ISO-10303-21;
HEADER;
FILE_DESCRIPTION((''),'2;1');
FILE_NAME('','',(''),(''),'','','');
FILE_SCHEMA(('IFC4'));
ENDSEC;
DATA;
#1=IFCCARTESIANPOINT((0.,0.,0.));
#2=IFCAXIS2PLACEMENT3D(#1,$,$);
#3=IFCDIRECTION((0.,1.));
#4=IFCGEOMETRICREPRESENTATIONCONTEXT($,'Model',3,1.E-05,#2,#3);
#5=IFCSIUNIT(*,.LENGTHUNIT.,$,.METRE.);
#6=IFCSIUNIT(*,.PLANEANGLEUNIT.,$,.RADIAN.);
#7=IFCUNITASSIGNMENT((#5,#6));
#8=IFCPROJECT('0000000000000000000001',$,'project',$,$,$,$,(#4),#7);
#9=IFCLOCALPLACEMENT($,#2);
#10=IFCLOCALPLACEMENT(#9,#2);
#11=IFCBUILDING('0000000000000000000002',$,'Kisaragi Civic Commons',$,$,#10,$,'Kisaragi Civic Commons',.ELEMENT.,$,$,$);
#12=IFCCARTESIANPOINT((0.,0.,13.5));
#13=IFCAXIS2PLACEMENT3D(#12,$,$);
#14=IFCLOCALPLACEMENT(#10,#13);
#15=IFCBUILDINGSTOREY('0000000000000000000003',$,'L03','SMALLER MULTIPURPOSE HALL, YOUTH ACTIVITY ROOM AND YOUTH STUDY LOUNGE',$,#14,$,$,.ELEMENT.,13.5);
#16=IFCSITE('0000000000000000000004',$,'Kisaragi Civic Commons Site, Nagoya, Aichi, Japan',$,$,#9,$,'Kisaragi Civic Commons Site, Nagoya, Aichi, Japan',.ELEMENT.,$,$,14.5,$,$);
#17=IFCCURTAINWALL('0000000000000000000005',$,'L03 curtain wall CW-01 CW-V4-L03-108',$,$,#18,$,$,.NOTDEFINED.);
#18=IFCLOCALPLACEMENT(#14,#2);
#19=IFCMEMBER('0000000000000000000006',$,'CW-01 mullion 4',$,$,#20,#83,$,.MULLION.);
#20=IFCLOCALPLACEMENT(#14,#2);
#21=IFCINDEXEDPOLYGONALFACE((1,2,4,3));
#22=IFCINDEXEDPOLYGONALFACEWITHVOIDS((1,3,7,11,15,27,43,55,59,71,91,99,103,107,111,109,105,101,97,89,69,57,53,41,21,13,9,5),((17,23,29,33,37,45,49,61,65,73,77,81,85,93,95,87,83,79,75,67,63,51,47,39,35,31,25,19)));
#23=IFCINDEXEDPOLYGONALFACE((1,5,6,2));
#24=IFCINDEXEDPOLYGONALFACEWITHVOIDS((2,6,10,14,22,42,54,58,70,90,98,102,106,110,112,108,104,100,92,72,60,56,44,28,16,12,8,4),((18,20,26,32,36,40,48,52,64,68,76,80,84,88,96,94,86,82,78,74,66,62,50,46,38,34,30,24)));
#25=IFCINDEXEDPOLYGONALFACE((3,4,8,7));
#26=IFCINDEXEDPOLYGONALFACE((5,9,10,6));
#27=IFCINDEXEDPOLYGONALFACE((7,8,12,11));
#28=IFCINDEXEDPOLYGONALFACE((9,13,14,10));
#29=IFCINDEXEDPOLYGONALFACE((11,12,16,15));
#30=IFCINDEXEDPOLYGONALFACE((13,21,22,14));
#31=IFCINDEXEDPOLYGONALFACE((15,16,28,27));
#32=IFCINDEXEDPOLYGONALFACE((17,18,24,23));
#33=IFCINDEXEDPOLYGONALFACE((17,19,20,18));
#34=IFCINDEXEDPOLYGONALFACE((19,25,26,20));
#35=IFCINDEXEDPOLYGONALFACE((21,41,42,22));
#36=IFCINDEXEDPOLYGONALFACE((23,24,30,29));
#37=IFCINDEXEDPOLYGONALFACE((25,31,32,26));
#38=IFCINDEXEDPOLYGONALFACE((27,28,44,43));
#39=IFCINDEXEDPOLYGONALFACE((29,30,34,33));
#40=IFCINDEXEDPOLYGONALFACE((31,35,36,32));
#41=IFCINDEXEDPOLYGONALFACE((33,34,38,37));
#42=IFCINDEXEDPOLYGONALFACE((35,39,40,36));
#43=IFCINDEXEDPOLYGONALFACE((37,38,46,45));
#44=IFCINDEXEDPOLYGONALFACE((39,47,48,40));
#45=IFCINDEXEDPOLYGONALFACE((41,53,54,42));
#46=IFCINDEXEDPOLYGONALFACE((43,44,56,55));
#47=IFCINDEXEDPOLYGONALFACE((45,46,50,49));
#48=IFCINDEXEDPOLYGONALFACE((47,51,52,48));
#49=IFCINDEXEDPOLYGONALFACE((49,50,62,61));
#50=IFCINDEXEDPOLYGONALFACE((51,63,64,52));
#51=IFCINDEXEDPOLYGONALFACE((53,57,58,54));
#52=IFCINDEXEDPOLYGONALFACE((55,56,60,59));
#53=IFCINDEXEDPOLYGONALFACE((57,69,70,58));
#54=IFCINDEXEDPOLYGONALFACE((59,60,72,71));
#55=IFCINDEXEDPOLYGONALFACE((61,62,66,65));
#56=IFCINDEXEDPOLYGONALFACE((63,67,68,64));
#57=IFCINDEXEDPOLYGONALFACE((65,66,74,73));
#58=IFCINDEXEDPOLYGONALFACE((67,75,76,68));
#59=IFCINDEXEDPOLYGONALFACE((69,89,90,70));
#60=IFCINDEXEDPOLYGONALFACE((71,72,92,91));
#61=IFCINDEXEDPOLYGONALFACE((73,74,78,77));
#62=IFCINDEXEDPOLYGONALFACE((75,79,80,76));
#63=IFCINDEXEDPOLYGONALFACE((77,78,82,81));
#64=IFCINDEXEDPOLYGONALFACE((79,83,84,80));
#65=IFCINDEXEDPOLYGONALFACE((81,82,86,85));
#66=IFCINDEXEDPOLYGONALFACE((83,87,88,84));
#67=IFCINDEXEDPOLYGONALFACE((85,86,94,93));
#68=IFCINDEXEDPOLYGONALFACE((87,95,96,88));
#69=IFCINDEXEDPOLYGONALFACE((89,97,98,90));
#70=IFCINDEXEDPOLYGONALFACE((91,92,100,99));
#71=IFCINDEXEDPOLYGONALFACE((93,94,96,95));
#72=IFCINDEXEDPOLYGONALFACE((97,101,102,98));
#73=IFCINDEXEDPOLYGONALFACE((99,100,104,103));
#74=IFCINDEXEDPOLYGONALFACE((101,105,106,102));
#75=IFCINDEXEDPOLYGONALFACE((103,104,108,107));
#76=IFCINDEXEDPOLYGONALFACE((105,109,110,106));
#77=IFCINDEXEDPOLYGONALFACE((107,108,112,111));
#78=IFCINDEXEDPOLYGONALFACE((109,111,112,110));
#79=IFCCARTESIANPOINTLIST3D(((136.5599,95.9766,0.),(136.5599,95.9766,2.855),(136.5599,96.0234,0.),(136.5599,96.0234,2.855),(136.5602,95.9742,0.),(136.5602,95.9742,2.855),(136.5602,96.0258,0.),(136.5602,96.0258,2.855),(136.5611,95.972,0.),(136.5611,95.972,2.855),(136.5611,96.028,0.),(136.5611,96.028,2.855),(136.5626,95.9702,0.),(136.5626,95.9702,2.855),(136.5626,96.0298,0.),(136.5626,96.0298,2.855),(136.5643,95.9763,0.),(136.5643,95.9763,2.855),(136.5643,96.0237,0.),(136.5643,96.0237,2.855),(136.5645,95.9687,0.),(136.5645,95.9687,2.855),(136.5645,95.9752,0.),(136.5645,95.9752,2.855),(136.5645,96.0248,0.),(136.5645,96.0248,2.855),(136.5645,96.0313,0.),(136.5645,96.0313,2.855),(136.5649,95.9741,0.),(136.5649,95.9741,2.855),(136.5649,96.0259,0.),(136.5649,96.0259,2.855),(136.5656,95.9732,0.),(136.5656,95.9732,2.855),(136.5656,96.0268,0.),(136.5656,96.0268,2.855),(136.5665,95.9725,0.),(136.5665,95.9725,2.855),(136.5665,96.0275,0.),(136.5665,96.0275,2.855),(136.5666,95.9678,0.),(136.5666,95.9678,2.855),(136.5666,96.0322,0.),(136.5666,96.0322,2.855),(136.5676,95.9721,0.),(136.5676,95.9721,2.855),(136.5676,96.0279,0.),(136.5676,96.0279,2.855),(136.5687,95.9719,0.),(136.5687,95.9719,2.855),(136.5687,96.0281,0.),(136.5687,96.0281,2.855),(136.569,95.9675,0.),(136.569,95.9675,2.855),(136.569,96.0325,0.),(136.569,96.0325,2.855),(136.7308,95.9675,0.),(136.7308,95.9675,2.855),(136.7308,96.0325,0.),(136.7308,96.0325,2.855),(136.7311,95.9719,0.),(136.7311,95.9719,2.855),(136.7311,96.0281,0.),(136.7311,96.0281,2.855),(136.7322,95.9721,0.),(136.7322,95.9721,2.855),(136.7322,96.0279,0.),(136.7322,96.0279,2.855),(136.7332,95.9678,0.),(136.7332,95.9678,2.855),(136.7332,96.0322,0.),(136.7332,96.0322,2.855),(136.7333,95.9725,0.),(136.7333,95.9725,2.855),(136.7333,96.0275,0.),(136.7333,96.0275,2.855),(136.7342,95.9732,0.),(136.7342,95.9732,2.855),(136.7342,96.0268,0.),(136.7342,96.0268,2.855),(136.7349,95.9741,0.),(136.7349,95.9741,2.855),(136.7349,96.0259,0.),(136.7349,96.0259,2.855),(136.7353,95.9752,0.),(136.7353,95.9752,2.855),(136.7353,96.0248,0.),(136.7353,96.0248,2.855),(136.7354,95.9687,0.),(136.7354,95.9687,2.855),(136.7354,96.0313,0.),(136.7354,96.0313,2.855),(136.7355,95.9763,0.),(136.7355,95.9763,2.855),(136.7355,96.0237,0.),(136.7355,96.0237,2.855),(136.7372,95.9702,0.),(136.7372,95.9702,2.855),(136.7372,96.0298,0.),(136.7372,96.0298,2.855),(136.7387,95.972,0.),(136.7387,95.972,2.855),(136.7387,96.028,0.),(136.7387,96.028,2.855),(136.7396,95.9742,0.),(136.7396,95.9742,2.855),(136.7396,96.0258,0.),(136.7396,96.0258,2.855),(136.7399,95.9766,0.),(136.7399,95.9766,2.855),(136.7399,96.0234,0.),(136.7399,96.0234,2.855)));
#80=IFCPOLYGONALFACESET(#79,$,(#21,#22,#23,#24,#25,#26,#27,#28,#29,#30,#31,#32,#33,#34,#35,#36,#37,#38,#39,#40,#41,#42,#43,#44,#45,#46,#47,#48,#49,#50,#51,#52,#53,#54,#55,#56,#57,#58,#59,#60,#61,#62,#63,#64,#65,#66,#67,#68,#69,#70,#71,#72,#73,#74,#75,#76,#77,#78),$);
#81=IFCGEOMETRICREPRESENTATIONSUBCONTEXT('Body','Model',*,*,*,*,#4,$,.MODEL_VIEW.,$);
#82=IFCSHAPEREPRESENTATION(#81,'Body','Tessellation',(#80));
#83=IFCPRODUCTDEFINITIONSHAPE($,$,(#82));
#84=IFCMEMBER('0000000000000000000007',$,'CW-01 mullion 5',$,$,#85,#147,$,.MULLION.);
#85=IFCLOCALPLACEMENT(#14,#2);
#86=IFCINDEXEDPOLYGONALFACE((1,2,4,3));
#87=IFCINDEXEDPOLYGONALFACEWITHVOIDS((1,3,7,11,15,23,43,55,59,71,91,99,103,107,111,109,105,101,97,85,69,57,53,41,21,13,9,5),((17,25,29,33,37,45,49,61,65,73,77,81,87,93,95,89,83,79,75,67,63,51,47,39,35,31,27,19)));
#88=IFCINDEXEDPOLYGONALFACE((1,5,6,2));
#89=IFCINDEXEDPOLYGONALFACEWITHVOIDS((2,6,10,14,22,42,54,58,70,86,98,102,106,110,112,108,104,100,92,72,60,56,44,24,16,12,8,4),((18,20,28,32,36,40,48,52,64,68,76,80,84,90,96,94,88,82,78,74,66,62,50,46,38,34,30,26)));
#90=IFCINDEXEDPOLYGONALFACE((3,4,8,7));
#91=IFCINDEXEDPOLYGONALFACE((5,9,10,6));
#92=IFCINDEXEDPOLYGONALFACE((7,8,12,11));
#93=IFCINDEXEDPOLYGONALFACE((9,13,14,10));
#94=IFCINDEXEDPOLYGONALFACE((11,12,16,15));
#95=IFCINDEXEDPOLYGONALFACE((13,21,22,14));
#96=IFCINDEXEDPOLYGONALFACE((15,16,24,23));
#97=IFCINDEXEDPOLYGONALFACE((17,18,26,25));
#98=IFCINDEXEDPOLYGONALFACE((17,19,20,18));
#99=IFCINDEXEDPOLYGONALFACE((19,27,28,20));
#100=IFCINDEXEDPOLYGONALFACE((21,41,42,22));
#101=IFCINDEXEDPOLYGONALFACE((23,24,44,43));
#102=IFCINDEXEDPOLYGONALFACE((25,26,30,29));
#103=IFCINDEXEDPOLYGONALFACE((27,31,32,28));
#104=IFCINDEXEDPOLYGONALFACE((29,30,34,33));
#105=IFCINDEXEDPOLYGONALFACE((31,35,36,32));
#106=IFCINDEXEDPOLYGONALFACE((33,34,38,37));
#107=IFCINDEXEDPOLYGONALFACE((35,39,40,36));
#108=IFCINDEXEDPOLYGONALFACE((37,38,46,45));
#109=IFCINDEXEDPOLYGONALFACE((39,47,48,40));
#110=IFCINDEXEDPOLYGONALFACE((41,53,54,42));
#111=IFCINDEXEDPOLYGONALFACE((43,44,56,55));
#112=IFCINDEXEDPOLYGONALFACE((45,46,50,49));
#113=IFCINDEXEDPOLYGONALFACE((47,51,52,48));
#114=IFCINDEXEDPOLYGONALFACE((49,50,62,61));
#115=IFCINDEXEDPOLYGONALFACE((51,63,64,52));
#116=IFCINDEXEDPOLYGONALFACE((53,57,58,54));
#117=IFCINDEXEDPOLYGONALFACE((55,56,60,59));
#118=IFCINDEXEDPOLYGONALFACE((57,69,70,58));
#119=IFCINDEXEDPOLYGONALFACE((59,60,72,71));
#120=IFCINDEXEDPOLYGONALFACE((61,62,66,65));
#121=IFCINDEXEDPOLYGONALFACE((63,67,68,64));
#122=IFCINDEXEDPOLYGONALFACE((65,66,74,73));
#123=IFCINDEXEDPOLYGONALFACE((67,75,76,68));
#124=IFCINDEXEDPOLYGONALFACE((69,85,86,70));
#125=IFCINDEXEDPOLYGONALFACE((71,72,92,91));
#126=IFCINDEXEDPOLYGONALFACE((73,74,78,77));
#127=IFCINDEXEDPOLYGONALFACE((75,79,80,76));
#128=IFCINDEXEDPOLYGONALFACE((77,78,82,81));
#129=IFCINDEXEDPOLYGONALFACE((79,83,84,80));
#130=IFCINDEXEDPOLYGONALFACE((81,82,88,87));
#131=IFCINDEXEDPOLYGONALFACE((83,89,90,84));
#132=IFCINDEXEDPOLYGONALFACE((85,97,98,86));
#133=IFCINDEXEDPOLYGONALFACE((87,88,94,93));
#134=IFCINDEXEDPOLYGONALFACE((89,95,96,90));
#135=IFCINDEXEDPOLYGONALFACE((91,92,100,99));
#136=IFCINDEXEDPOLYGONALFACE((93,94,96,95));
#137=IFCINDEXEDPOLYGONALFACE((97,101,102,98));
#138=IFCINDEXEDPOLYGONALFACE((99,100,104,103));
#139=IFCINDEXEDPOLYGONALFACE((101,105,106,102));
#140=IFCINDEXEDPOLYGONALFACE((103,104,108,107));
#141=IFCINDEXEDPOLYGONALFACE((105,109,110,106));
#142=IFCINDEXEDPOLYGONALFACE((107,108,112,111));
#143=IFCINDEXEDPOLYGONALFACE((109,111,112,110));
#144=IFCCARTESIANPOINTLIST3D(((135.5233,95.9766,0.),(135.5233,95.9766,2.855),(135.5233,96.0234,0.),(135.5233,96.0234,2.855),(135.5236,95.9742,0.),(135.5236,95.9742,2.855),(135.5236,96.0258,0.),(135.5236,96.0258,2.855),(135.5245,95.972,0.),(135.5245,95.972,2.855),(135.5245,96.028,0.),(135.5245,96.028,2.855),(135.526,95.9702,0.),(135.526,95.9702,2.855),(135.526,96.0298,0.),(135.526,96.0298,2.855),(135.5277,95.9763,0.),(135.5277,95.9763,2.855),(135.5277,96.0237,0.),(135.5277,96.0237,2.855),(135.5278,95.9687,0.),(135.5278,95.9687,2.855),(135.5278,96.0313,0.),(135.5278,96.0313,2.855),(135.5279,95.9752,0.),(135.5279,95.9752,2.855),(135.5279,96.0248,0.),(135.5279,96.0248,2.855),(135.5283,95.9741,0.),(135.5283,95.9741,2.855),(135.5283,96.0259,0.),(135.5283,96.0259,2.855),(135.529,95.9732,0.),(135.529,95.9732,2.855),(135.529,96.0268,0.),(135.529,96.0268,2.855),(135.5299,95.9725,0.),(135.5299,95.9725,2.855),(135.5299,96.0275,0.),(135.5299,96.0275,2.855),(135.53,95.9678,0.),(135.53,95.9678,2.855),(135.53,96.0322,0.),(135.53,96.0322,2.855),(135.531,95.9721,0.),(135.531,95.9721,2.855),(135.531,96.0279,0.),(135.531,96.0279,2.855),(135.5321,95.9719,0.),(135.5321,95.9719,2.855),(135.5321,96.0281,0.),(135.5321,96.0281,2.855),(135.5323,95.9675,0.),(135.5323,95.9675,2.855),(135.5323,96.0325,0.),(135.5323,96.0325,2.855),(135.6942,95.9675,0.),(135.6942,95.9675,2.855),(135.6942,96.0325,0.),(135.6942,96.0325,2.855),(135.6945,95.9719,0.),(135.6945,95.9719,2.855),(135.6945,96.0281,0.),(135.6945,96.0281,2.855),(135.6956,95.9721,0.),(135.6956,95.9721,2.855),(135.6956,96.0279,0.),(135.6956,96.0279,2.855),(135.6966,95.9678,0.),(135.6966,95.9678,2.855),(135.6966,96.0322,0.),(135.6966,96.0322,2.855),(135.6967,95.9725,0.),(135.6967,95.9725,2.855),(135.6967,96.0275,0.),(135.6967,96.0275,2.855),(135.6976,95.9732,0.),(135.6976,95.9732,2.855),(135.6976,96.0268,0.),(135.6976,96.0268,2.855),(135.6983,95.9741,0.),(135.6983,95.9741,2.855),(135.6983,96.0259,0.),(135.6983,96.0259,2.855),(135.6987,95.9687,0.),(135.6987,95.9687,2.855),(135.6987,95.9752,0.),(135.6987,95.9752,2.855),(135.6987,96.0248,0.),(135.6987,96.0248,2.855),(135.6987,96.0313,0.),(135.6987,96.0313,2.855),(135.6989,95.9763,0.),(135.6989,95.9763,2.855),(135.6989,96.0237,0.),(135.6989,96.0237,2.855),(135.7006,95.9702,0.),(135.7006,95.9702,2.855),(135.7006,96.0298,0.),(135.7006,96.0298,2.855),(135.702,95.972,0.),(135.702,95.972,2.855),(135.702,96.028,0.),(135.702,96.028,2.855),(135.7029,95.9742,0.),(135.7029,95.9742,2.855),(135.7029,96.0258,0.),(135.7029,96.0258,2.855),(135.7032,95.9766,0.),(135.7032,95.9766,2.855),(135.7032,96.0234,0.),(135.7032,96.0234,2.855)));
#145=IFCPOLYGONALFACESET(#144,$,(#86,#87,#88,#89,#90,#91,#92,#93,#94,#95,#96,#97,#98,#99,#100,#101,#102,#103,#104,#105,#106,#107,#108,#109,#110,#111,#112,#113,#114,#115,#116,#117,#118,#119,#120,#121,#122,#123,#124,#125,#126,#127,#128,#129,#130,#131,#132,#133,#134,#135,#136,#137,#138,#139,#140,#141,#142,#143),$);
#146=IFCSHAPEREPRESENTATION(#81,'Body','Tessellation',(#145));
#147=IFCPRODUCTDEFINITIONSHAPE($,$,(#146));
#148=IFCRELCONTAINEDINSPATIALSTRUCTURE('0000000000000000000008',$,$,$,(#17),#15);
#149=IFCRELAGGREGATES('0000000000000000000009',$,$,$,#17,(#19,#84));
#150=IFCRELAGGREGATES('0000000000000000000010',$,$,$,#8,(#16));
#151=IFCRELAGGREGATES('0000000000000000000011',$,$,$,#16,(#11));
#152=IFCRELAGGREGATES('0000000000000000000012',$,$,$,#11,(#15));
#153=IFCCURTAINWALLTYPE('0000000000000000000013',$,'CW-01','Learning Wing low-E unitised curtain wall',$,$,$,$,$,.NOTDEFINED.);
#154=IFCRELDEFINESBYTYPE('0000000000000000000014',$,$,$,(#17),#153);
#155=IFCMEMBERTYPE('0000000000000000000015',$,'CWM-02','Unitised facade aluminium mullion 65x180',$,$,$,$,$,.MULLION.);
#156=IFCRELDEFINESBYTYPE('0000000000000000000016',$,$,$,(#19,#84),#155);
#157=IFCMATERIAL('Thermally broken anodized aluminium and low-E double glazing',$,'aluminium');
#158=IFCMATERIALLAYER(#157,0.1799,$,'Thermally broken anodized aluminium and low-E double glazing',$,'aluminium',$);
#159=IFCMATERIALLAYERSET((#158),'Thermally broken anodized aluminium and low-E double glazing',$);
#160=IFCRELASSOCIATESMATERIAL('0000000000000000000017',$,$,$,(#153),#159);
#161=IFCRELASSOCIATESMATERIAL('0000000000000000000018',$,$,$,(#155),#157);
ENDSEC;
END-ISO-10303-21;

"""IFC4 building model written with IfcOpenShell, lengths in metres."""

from ifc_helpers import new_model, si_unit, direction, frame, origin, origin_2d, place, context, subcontext, project, spatial, hollow_rectangle, extrude, material, layer, layer_set, material_profile, profile_set, type_object, element, aggregate, save


model = new_model("IFC4")

# Units and contexts
model_context = context("Model", 3, precision=1e-05, world=origin(), true_north=direction((0.0, 1.0)))
body_context = subcontext(model_context, "Body", "Model", "MODEL_VIEW")
ifc_project = project(units=[si_unit("LENGTHUNIT", "METRE"), si_unit("PLANEANGLEUNIT", "RADIAN")], contexts=[model_context])

# Site, building, storey
site_placement = place(None, origin())
site = spatial("IfcSite", under=ifc_project, at=site_placement, Name="Kisaragi Civic Commons Site, Nagoya, Aichi, Japan", LongName="Kisaragi Civic Commons Site, Nagoya, Aichi, Japan", CompositionType="ELEMENT", RefElevation=14.5)
building_placement = place(site_placement, origin())
building = spatial("IfcBuilding", under=site, at=building_placement, Name="Kisaragi Civic Commons", LongName="Kisaragi Civic Commons", CompositionType="ELEMENT")
storey_placement = place(building_placement, frame((0.0, 0.0, 13.5)))
storey = spatial("IfcBuildingStorey", under=building, at=storey_placement, Name="L03", Description="SMALLER MULTIPURPOSE HALL, YOUTH ACTIVITY ROOM AND YOUTH STUDY LOUNGE", CompositionType="ELEMENT", Elevation=13.5)

# Curtain wall, members
ifc_material = material(Name="Thermally broken anodized aluminium and low-E double glazing", Category="aluminium")
ifc_layer_1 = layer(ifc_material, 0.1799, Name="Thermally broken anodized aluminium and low-E double glazing", Category="aluminium")
ifc_layer_set_1 = layer_set([ifc_layer_1], Name="Thermally broken anodized aluminium and low-E double glazing")
curtain_wall_type = type_object("IfcCurtainWallType", Name="CW-01", Description="Learning Wing low-E unitised curtain wall", PredefinedType="NOTDEFINED", material=ifc_layer_set_1)
curtain_wall_placement = place(storey_placement, origin())
curtain_wall = element("IfcCurtainWall", 1, at=curtain_wall_placement, inside=storey, type_object=curtain_wall_type, Name="L03 curtain wall CW-01 CW-V4-L03-108", PredefinedType="NOTDEFINED")
ifc_material_profile_1 = material_profile(ifc_material, hollow_rectangle(XDim=0.0649, YDim=0.1799, WallThickness=0.0044, InnerFilletRadius=0.0044, OuterFilletRadius=0.009, at=origin_2d()), Name="CWM-65x180x4.5", Category="aluminium")
ifc_profile_set_1 = profile_set([ifc_material_profile_1], Name="Thermally broken anodized aluminium and low-E double glazing")
member_type_1 = type_object("IfcMemberType", Name="CWM-02", Description="Unitised facade aluminium mullion 65x180", PredefinedType="MULLION", material=ifc_profile_set_1)
member_1_placement = place(storey_placement, frame((136.6499, 96.0, 0.0), z_axis=(0.0, 0.0, 1.0), x_axis=(0.0, -1.0, 0.0)))
member_1 = element("IfcMember", 2, at=member_1_placement, type_object=member_type_1, Name="CW-01 mullion 4", PredefinedType="MULLION", context=body_context, shape_type="SweptSolid", body=[
    extrude(hollow_rectangle(XDim=0.0649, YDim=0.1799, WallThickness=0.0044, InnerFilletRadius=0.0044, OuterFilletRadius=0.009, at=origin_2d()), origin(), (0.0, 0.0, 1.0), 2.855),
])
member_2_placement = place(storey_placement, frame((135.6133, 96.0, 0.0), z_axis=(0.0, 0.0, 1.0), x_axis=(0.0, -1.0, 0.0)))
member_2 = element("IfcMember", 3, at=member_2_placement, type_object=member_type_1, Name="CW-01 mullion 5", PredefinedType="MULLION", context=body_context, shape_type="SweptSolid", body=[
    extrude(hollow_rectangle(XDim=0.0649, YDim=0.1799, WallThickness=0.0044, InnerFilletRadius=0.0044, OuterFilletRadius=0.009, at=origin_2d()), origin(), (0.0, 0.0, 1.0), 2.855),
])
aggregate(curtain_wall, [member_1, member_2])

save(model, "model.ifc")
